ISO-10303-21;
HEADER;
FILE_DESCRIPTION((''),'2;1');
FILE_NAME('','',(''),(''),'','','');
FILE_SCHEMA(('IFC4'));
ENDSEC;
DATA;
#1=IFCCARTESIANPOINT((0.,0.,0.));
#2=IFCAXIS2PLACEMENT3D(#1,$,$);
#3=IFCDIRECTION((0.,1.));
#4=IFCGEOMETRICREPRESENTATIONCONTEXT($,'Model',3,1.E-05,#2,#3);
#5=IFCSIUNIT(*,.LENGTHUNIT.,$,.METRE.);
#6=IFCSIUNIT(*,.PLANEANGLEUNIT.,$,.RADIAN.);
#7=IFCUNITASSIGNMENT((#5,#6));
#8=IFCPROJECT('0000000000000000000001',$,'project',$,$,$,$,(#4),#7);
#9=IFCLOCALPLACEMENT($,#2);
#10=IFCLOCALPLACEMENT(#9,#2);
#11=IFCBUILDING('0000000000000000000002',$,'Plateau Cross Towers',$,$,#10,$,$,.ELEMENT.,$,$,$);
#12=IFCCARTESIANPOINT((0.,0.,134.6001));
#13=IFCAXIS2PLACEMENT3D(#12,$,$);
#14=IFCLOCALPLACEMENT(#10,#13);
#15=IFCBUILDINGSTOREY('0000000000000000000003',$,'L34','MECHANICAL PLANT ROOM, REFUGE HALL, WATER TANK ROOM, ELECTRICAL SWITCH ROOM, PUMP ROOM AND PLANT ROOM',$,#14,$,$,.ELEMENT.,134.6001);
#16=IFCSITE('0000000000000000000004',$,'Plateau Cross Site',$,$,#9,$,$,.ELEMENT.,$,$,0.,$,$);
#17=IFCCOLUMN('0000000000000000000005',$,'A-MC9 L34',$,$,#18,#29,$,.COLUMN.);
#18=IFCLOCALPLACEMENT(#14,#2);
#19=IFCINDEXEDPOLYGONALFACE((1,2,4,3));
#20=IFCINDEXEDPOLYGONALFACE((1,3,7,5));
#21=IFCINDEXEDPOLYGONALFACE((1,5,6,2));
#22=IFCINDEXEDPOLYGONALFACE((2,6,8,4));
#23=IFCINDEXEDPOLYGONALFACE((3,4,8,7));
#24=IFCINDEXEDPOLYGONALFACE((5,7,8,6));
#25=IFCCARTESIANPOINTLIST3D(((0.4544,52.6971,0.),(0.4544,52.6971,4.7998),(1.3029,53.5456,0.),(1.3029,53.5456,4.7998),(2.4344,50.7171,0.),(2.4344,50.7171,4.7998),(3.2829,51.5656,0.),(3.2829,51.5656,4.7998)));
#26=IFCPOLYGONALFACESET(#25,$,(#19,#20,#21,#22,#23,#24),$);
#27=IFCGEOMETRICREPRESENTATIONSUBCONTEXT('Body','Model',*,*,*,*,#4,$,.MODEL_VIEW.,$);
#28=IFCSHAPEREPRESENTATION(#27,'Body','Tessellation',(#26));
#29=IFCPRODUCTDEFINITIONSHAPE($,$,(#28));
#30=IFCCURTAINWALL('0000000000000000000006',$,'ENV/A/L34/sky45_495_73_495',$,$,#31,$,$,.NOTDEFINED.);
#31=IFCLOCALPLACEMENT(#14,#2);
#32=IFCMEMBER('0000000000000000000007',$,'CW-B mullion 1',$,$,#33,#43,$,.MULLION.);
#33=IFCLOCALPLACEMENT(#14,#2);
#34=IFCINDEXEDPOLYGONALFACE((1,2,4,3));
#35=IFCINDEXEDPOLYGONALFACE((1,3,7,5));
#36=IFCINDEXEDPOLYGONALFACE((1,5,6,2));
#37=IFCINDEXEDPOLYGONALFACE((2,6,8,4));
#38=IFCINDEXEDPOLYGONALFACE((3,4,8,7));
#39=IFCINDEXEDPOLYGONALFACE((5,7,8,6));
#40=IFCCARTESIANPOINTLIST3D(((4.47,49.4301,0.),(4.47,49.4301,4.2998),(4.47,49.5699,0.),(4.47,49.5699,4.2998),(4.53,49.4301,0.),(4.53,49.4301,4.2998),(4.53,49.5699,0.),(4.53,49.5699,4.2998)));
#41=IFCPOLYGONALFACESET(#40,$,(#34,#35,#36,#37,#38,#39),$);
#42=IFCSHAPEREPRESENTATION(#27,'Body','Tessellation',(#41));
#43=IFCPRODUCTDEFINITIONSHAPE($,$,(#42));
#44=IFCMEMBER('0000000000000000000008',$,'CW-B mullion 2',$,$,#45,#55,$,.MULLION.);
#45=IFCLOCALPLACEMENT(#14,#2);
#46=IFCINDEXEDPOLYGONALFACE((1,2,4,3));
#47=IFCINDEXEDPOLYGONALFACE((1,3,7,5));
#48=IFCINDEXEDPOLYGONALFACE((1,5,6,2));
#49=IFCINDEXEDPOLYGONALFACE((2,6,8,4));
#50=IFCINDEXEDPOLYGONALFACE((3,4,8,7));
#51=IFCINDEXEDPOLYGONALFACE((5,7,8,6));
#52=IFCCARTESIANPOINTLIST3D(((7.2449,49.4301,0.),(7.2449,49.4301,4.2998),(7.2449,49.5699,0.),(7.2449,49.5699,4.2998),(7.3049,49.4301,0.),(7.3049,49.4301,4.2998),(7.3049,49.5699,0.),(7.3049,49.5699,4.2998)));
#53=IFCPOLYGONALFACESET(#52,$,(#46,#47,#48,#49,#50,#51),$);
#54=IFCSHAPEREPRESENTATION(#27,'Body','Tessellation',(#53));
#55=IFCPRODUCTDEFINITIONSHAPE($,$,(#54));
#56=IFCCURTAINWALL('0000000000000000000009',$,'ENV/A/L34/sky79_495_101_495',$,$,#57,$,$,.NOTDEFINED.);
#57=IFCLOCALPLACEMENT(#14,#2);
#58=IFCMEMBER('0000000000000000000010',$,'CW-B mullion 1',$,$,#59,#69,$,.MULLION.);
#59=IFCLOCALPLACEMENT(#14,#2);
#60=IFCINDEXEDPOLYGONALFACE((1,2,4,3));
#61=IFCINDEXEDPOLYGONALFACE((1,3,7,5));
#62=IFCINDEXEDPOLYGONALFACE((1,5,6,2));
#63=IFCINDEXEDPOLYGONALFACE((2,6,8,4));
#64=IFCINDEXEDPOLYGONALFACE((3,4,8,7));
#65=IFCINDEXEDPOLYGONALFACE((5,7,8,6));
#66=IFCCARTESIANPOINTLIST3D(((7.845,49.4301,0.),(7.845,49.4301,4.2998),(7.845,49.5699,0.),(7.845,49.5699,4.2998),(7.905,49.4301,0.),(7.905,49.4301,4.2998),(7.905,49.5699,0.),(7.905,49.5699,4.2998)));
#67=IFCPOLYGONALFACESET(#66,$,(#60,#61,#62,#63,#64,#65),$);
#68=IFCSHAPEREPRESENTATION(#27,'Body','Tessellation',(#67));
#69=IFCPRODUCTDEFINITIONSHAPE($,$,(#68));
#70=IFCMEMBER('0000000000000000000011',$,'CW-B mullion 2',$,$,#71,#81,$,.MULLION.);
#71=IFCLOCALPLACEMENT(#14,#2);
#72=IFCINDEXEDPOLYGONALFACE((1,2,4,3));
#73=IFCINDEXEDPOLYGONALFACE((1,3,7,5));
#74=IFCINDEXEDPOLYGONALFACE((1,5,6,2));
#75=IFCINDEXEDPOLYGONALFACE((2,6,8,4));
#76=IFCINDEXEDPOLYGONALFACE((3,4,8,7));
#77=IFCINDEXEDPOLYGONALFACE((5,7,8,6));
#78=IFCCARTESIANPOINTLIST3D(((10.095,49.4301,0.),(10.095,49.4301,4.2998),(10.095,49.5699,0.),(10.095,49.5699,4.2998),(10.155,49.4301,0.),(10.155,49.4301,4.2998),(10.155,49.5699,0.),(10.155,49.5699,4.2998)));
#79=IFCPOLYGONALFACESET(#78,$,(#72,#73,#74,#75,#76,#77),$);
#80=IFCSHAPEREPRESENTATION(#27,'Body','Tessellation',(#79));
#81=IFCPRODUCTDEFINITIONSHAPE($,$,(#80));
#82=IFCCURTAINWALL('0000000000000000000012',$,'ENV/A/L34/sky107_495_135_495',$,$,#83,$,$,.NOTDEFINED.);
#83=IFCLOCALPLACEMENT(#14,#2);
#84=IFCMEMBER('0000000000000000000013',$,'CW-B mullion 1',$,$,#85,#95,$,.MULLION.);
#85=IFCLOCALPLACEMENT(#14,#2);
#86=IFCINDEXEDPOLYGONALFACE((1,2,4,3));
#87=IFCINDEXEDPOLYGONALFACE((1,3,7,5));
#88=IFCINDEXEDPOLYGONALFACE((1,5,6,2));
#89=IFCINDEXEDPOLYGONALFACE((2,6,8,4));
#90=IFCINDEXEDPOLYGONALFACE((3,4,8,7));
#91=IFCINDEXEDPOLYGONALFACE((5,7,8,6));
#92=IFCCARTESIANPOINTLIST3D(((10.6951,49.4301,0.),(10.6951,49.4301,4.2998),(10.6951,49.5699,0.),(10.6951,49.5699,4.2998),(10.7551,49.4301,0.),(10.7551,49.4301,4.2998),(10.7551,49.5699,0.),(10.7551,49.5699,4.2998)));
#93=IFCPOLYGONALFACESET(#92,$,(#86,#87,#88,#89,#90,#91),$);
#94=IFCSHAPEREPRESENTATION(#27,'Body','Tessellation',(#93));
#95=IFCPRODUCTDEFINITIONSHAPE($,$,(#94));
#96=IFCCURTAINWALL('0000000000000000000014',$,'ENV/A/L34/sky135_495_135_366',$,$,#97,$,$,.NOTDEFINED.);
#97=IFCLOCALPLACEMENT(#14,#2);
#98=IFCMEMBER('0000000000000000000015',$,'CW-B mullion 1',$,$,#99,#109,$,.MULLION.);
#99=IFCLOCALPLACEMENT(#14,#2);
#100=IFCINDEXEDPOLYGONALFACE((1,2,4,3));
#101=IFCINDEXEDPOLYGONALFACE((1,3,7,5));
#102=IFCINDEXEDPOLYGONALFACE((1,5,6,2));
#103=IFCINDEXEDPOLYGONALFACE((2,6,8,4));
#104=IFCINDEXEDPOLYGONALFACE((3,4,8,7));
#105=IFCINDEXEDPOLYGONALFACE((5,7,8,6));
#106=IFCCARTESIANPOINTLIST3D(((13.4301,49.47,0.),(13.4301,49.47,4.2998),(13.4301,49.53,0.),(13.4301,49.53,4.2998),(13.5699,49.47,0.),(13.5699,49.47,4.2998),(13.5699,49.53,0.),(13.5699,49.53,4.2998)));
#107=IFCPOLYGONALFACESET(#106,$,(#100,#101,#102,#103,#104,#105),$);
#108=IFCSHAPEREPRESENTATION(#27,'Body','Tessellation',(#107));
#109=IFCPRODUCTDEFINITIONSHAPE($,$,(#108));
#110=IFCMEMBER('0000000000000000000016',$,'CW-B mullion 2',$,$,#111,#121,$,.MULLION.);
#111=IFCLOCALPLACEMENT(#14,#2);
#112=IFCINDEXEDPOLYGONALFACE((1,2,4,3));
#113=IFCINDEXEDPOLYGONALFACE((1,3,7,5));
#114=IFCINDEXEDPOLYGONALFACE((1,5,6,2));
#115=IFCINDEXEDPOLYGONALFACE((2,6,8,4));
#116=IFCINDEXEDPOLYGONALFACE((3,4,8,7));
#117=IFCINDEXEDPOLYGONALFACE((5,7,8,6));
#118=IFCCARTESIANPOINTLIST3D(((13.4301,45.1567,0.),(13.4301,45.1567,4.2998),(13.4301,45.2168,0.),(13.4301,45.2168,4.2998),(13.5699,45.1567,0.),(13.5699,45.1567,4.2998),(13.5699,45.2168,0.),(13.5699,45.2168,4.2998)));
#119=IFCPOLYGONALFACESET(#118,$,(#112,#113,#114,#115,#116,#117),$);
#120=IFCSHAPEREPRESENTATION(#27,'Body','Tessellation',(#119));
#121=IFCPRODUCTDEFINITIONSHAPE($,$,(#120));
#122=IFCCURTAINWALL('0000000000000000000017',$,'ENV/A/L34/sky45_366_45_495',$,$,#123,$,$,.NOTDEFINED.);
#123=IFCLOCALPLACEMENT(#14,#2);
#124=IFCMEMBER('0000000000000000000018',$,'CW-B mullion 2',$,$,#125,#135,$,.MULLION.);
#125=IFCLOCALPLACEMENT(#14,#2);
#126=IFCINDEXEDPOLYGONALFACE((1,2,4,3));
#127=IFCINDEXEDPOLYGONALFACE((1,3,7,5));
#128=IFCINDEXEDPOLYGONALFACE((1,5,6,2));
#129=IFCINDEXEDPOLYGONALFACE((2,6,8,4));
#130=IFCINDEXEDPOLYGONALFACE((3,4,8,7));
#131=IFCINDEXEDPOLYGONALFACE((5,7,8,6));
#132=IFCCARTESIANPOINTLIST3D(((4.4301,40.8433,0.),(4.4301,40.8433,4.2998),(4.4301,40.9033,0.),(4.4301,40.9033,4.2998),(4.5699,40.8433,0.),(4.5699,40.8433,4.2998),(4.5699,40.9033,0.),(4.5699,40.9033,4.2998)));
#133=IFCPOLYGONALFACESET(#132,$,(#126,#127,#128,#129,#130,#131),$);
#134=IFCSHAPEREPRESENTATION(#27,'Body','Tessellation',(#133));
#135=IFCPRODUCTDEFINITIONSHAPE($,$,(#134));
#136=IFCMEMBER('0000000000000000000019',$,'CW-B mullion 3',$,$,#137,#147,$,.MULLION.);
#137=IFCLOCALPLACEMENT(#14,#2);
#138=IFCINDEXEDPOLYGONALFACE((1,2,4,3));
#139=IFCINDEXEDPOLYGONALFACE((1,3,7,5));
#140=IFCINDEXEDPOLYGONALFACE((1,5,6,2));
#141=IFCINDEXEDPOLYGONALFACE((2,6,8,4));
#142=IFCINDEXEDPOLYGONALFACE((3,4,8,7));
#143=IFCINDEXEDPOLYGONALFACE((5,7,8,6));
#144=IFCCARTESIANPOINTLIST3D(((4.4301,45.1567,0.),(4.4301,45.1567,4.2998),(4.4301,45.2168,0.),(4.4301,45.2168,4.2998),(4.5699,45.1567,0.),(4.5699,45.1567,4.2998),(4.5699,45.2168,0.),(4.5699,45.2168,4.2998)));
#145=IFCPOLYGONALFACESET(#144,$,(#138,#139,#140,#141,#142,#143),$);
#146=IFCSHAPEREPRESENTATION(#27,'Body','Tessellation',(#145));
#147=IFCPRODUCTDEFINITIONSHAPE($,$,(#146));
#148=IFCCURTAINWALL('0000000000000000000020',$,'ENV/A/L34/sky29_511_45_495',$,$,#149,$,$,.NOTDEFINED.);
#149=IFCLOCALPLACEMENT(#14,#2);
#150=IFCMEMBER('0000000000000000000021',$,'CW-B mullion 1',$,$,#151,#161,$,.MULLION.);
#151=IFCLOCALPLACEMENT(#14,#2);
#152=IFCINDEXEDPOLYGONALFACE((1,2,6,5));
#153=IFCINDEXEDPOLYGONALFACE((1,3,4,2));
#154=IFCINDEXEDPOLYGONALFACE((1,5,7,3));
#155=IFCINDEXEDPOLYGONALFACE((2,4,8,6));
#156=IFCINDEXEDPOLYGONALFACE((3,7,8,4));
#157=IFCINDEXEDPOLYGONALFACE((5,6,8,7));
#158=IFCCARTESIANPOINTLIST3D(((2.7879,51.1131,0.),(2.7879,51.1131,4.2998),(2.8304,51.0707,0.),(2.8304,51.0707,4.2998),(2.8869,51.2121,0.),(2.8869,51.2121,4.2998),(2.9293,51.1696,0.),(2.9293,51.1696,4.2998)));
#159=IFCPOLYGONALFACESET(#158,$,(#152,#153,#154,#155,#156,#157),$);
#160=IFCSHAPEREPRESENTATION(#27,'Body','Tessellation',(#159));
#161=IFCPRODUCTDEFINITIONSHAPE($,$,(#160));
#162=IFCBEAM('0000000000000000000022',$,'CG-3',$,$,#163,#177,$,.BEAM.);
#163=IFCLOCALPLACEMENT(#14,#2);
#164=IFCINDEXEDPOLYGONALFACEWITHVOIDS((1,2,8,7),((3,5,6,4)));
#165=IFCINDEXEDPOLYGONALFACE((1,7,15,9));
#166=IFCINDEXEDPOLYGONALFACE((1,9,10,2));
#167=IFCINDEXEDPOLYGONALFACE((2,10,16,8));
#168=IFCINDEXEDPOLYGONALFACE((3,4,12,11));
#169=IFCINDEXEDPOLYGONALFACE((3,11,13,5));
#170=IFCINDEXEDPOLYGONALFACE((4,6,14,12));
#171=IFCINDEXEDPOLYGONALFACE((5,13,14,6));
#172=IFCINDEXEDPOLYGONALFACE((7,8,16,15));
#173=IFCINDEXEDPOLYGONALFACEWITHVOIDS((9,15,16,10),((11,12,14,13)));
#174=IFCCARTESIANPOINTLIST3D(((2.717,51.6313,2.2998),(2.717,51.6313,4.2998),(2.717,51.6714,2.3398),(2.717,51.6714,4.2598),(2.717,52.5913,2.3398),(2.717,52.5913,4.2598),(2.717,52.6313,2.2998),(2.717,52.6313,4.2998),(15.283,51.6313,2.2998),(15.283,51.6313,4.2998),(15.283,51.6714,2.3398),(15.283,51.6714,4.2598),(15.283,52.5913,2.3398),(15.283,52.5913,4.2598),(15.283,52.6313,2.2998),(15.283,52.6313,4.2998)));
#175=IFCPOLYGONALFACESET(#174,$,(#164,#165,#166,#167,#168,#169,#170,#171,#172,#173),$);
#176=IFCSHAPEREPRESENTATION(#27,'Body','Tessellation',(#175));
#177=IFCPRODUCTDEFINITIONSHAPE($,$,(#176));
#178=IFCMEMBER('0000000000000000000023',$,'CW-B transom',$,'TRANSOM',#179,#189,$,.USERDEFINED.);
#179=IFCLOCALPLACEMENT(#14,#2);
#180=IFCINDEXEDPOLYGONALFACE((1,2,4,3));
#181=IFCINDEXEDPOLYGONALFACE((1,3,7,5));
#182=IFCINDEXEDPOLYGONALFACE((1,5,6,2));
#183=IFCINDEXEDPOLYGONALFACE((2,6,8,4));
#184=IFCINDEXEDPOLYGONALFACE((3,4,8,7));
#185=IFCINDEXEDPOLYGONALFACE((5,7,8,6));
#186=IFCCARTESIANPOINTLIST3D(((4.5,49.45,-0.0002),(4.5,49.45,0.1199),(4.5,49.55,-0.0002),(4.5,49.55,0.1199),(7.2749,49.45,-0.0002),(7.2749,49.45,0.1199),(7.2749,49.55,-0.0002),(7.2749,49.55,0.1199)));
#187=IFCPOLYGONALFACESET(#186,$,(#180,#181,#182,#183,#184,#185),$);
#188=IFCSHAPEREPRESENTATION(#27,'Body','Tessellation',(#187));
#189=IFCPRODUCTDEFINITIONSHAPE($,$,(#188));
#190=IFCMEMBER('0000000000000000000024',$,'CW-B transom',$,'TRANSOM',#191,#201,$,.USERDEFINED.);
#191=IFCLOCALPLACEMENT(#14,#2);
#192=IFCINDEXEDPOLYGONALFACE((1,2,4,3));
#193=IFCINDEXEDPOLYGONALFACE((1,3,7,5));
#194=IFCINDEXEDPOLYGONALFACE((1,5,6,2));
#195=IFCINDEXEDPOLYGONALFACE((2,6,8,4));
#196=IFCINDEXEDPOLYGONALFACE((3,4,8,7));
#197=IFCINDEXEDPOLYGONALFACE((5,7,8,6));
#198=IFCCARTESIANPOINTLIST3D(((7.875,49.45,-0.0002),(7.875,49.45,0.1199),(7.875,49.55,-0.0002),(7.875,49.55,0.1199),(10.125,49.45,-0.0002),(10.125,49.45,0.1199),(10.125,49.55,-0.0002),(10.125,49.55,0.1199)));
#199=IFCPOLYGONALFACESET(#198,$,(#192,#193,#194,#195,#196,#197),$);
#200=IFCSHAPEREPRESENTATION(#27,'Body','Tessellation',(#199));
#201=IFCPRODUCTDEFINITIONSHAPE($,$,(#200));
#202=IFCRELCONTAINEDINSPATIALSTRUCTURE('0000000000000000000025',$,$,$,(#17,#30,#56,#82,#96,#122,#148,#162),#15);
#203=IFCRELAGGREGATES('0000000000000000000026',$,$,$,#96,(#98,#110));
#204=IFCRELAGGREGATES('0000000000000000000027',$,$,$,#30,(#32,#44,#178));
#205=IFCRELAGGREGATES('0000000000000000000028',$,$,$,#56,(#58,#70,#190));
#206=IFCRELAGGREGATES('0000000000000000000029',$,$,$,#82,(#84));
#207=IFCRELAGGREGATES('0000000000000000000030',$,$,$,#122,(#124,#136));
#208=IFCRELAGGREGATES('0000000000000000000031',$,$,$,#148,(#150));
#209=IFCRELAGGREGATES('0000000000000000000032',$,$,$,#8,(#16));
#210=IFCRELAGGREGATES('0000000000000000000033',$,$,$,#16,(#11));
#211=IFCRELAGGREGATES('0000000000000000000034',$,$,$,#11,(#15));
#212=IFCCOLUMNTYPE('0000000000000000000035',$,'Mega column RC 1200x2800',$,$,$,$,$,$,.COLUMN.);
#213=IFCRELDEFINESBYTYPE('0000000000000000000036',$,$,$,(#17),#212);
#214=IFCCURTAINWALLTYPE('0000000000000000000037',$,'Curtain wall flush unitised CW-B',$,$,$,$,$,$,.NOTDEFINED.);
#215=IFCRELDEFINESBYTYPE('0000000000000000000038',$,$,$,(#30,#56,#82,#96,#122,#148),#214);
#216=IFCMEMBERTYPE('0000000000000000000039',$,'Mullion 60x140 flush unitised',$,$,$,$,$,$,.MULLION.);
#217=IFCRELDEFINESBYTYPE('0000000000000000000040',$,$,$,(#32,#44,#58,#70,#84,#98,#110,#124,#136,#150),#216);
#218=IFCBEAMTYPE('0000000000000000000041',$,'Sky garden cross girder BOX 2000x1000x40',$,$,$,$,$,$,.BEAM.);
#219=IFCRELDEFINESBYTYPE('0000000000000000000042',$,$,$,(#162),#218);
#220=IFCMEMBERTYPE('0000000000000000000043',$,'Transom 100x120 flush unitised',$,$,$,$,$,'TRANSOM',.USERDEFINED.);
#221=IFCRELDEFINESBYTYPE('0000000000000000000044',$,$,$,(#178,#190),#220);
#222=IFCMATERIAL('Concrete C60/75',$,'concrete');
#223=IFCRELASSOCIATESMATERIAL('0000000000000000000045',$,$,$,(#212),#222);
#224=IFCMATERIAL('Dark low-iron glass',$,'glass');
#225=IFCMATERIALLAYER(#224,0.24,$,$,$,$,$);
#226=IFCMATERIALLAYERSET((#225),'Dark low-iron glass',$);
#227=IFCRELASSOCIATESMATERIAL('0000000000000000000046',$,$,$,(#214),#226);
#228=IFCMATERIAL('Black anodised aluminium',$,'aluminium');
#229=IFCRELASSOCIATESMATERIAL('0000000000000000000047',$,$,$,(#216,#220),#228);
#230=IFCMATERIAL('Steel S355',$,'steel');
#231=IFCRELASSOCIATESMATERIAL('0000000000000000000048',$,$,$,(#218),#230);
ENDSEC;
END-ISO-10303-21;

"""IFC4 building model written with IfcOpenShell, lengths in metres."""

from ifc_helpers import new_model, si_unit, direction, frame, origin, origin_2d, place, context, subcontext, project, spatial, rectangle, hollow_rectangle, extrude, material, layer, layer_set, material_profile, profile_set, type_object, element, aggregate, save


model = new_model("IFC4")

# Units and contexts
model_context = context("Model", 3, precision=1e-05, world=origin(), true_north=direction((0.0, 1.0)))
body_context = subcontext(model_context, "Body", "Model", "MODEL_VIEW")
ifc_project = project(units=[si_unit("LENGTHUNIT", "METRE"), si_unit("PLANEANGLEUNIT", "RADIAN")], contexts=[model_context])

# Site, building, storey
site_placement = place(None, origin())
site = spatial("IfcSite", under=ifc_project, at=site_placement, Name="Plateau Cross Site", CompositionType="ELEMENT", RefElevation=0.0)
building_placement = place(site_placement, origin())
building = spatial("IfcBuilding", under=site, at=building_placement, Name="Plateau Cross Towers", CompositionType="ELEMENT")
storey_placement = place(building_placement, frame((0.0, 0.0, 134.6001)))
storey = spatial("IfcBuildingStorey", under=building, at=storey_placement, Name="L34", Description="MECHANICAL PLANT ROOM, REFUGE HALL, WATER TANK ROOM, ELECTRICAL SWITCH ROOM, PUMP ROOM AND PLANT ROOM", CompositionType="ELEMENT", Elevation=134.6001)

# Column
ifc_material_1 = material(Name="Concrete C60/75", Category="concrete")
ifc_material_profile_1 = material_profile(ifc_material_1, rectangle(XDim=1.2, YDim=2.8, at=origin_2d()), Name="RC 1200x2800")
ifc_profile_set_1 = profile_set([ifc_material_profile_1], Name="Concrete C60/75")
column_type = type_object("IfcColumnType", Name="Mega column RC 1200x2800", PredefinedType="COLUMN", material=ifc_profile_set_1)
column_placement = place(storey_placement, frame((1.8687, 52.1313, 0.0), z_axis=(0.0, 0.0, 1.0), x_axis=(0.707107, 0.707107, 0.0)))
element("IfcColumn", 1, at=column_placement, inside=storey, type_object=column_type, Name="A-MC9 L34", PredefinedType="COLUMN", context=body_context, shape_type="SweptSolid", body=[
    extrude(rectangle(XDim=1.2, YDim=2.8, at=origin_2d()), origin(), (0.0, 0.0, 1.0), 4.7998),
])

# Curtain walls, members
ifc_material_2 = material(Name="Dark low-iron glass", Category="glass")
ifc_layer_1 = layer(ifc_material_2, 0.24)
ifc_layer_set_1 = layer_set([ifc_layer_1], Name="Dark low-iron glass")
curtain_wall_type = type_object("IfcCurtainWallType", Name="Curtain wall flush unitised CW-B", PredefinedType="NOTDEFINED", material=ifc_layer_set_1)
curtain_wall_1_placement = place(storey_placement, origin())
curtain_wall_1 = element("IfcCurtainWall", 2, at=curtain_wall_1_placement, inside=storey, type_object=curtain_wall_type, Name="ENV/A/L34/sky45_495_73_495", PredefinedType="NOTDEFINED")
ifc_material_3 = material(Name="Black anodised aluminium", Category="aluminium")
ifc_material_profile_2 = material_profile(ifc_material_3, rectangle(XDim=0.0601, YDim=0.1399, at=origin_2d()), Name="MULLION 60x140")
ifc_profile_set_2 = profile_set([ifc_material_profile_2], Name="Black anodised aluminium")
member_type_1 = type_object("IfcMemberType", Name="Mullion 60x140 flush unitised", PredefinedType="MULLION", material=ifc_profile_set_2)
member_1_placement = place(storey_placement, frame((4.5, 49.5, 0.0), z_axis=(0.0, 0.0, 1.0), x_axis=(1.0, 0.0, 0.0)))
member_1 = element("IfcMember", 3, at=member_1_placement, type_object=member_type_1, Name="CW-B mullion 1", PredefinedType="MULLION", context=body_context, shape_type="SweptSolid", body=[
    extrude(rectangle(XDim=0.0601, YDim=0.1399, at=origin_2d()), origin(), (0.0, 0.0, 1.0), 4.2998),
])
member_2_placement = place(storey_placement, frame((7.2749, 49.5, 0.0), z_axis=(0.0, 0.0, 1.0), x_axis=(1.0, 0.0, 0.0)))
member_2 = element("IfcMember", 4, at=member_2_placement, type_object=member_type_1, Name="CW-B mullion 2", PredefinedType="MULLION", context=body_context, shape_type="SweptSolid", body=[
    extrude(rectangle(XDim=0.0601, YDim=0.1399, at=origin_2d()), origin(), (0.0, 0.0, 1.0), 4.2998),
])
curtain_wall_2_placement = place(storey_placement, origin())
curtain_wall_2 = element("IfcCurtainWall", 5, at=curtain_wall_2_placement, inside=storey, type_object=curtain_wall_type, Name="ENV/A/L34/sky79_495_101_495", PredefinedType="NOTDEFINED")
member_3_placement = place(storey_placement, frame((7.875, 49.5, 0.0), z_axis=(0.0, 0.0, 1.0), x_axis=(1.0, 0.0, 0.0)))
member_3 = element("IfcMember", 6, at=member_3_placement, type_object=member_type_1, Name="CW-B mullion 1", PredefinedType="MULLION", context=body_context, shape_type="SweptSolid", body=[
    extrude(rectangle(XDim=0.0601, YDim=0.1399, at=origin_2d()), origin(), (0.0, 0.0, 1.0), 4.2998),
])
member_4_placement = place(storey_placement, frame((10.125, 49.5, 0.0), z_axis=(0.0, 0.0, 1.0), x_axis=(1.0, 0.0, 0.0)))
member_4 = element("IfcMember", 7, at=member_4_placement, type_object=member_type_1, Name="CW-B mullion 2", PredefinedType="MULLION", context=body_context, shape_type="SweptSolid", body=[
    extrude(rectangle(XDim=0.0601, YDim=0.1399, at=origin_2d()), origin(), (0.0, 0.0, 1.0), 4.2998),
])

# Curtain wall, member
curtain_wall_3_placement = place(storey_placement, origin())
curtain_wall_3 = element("IfcCurtainWall", 8, at=curtain_wall_3_placement, inside=storey, type_object=curtain_wall_type, Name="ENV/A/L34/sky107_495_135_495", PredefinedType="NOTDEFINED")
member_5_placement = place(storey_placement, frame((10.7251, 49.5, 0.0), z_axis=(0.0, 0.0, 1.0), x_axis=(1.0, 0.0, 0.0)))
member_5 = element("IfcMember", 9, at=member_5_placement, type_object=member_type_1, Name="CW-B mullion 1", PredefinedType="MULLION", context=body_context, shape_type="SweptSolid", body=[
    extrude(rectangle(XDim=0.0601, YDim=0.1399, at=origin_2d()), origin(), (0.0, 0.0, 1.0), 4.2998),
])

# Curtain walls, members
curtain_wall_4_placement = place(storey_placement, origin())
curtain_wall_4 = element("IfcCurtainWall", 10, at=curtain_wall_4_placement, inside=storey, type_object=curtain_wall_type, Name="ENV/A/L34/sky135_495_135_366", PredefinedType="NOTDEFINED")
member_6_placement = place(storey_placement, frame((13.5, 49.5, 0.0), z_axis=(0.0, 0.0, 1.0), x_axis=(0.0, -1.0, 0.0)))
member_6 = element("IfcMember", 11, at=member_6_placement, type_object=member_type_1, Name="CW-B mullion 1", PredefinedType="MULLION", context=body_context, shape_type="SweptSolid", body=[
    extrude(rectangle(XDim=0.0601, YDim=0.1399, at=origin_2d()), origin(), (0.0, 0.0, 1.0), 4.2998),
])
member_7_placement = place(storey_placement, frame((13.5, 45.1868, 0.0), z_axis=(0.0, 0.0, 1.0), x_axis=(0.0, -1.0, 0.0)))
member_7 = element("IfcMember", 12, at=member_7_placement, type_object=member_type_1, Name="CW-B mullion 2", PredefinedType="MULLION", context=body_context, shape_type="SweptSolid", body=[
    extrude(rectangle(XDim=0.0601, YDim=0.1399, at=origin_2d()), origin(), (0.0, 0.0, 1.0), 4.2998),
])
aggregate(curtain_wall_4, [member_6, member_7])
curtain_wall_5_placement = place(storey_placement, origin())
curtain_wall_5 = element("IfcCurtainWall", 13, at=curtain_wall_5_placement, inside=storey, type_object=curtain_wall_type, Name="ENV/A/L34/sky45_366_45_495", PredefinedType="NOTDEFINED")
member_8_placement = place(storey_placement, frame((4.5, 40.8733, 0.0), z_axis=(0.0, 0.0, 1.0), x_axis=(0.0, 1.0, 0.0)))
member_8 = element("IfcMember", 14, at=member_8_placement, type_object=member_type_1, Name="CW-B mullion 2", PredefinedType="MULLION", context=body_context, shape_type="SweptSolid", body=[
    extrude(rectangle(XDim=0.0601, YDim=0.1399, at=origin_2d()), origin(), (0.0, 0.0, 1.0), 4.2998),
])
member_9_placement = place(storey_placement, frame((4.5, 45.1868, 0.0), z_axis=(0.0, 0.0, 1.0), x_axis=(0.0, 1.0, 0.0)))
member_9 = element("IfcMember", 15, at=member_9_placement, type_object=member_type_1, Name="CW-B mullion 3", PredefinedType="MULLION", context=body_context, shape_type="SweptSolid", body=[
    extrude(rectangle(XDim=0.0601, YDim=0.1399, at=origin_2d()), origin(), (0.0, 0.0, 1.0), 4.2998),
])

# Curtain wall, member
curtain_wall_6_placement = place(storey_placement, origin())
curtain_wall_6 = element("IfcCurtainWall", 16, at=curtain_wall_6_placement, inside=storey, type_object=curtain_wall_type, Name="ENV/A/L34/sky29_511_45_495", PredefinedType="NOTDEFINED")
member_10_placement = place(storey_placement, frame((2.8586, 51.1414, 0.0), z_axis=(0.0, 0.0, 1.0), x_axis=(0.707107, -0.707107, 0.0)))
member_10 = element("IfcMember", 17, at=member_10_placement, type_object=member_type_1, Name="CW-B mullion 1", PredefinedType="MULLION", context=body_context, shape_type="SweptSolid", body=[
    extrude(rectangle(XDim=0.0601, YDim=0.1399, at=origin_2d()), origin(), (0.0, 0.0, 1.0), 4.2998),
])

# Beam
ifc_material_4 = material(Name="Steel S355", Category="steel")
ifc_material_profile_3 = material_profile(ifc_material_4, hollow_rectangle(XDim=1.0, YDim=2.0, WallThickness=0.04, at=origin_2d()), Name="BOX 2000x1000x40")
ifc_profile_set_3 = profile_set([ifc_material_profile_3], Name="Steel S355")
beam_type = type_object("IfcBeamType", Name="Sky garden cross girder BOX 2000x1000x40", PredefinedType="BEAM", material=ifc_profile_set_3)
beam_placement = place(storey_placement, frame((2.717, 52.1313, 3.2998), z_axis=(1.0, 0.0, 0.0), x_axis=(0.0, 1.0, 0.0)))
element("IfcBeam", 18, at=beam_placement, inside=storey, type_object=beam_type, Name="CG-3", PredefinedType="BEAM", context=body_context, shape_type="SweptSolid", body=[
    extrude(hollow_rectangle(XDim=1.0, YDim=2.0, WallThickness=0.04, at=origin_2d()), origin(), (0.0, 0.0, 1.0), 12.5659),
])

# Members
ifc_material_profile_4 = material_profile(ifc_material_3, rectangle(XDim=0.1001, YDim=0.1201, at=origin_2d()), Name="TRANSOM 100x120")
ifc_profile_set_4 = profile_set([ifc_material_profile_4], Name="Black anodised aluminium")
member_type_2 = type_object("IfcMemberType", Name="Transom 100x120 flush unitised", ElementType="TRANSOM", PredefinedType="USERDEFINED", material=ifc_profile_set_4)
member_11_placement = place(storey_placement, frame((4.5, 49.5, 0.0598), z_axis=(1.0, 0.0, 0.0), x_axis=(0.0, 1.0, 0.0)))
member_11 = element("IfcMember", 19, at=member_11_placement, type_object=member_type_2, Name="CW-B transom", ObjectType="TRANSOM", PredefinedType="USERDEFINED", context=body_context, shape_type="SweptSolid", body=[
    extrude(rectangle(XDim=0.1001, YDim=0.1201, at=origin_2d()), origin(), (0.0, 0.0, 1.0), 2.7749),
])
member_12_placement = place(storey_placement, frame((7.875, 49.5, 0.0598), z_axis=(1.0, 0.0, 0.0), x_axis=(0.0, 1.0, 0.0)))
member_12 = element("IfcMember", 20, at=member_12_placement, type_object=member_type_2, Name="CW-B transom", ObjectType="TRANSOM", PredefinedType="USERDEFINED", context=body_context, shape_type="SweptSolid", body=[
    extrude(rectangle(XDim=0.1001, YDim=0.1201, at=origin_2d()), origin(), (0.0, 0.0, 1.0), 2.25),
])

aggregate(curtain_wall_1, [member_1, member_2, member_11])
aggregate(curtain_wall_2, [member_3, member_4, member_12])
aggregate(curtain_wall_3, [member_5])
aggregate(curtain_wall_5, [member_8, member_9])
aggregate(curtain_wall_6, [member_10])

save(model, "model.ifc")
